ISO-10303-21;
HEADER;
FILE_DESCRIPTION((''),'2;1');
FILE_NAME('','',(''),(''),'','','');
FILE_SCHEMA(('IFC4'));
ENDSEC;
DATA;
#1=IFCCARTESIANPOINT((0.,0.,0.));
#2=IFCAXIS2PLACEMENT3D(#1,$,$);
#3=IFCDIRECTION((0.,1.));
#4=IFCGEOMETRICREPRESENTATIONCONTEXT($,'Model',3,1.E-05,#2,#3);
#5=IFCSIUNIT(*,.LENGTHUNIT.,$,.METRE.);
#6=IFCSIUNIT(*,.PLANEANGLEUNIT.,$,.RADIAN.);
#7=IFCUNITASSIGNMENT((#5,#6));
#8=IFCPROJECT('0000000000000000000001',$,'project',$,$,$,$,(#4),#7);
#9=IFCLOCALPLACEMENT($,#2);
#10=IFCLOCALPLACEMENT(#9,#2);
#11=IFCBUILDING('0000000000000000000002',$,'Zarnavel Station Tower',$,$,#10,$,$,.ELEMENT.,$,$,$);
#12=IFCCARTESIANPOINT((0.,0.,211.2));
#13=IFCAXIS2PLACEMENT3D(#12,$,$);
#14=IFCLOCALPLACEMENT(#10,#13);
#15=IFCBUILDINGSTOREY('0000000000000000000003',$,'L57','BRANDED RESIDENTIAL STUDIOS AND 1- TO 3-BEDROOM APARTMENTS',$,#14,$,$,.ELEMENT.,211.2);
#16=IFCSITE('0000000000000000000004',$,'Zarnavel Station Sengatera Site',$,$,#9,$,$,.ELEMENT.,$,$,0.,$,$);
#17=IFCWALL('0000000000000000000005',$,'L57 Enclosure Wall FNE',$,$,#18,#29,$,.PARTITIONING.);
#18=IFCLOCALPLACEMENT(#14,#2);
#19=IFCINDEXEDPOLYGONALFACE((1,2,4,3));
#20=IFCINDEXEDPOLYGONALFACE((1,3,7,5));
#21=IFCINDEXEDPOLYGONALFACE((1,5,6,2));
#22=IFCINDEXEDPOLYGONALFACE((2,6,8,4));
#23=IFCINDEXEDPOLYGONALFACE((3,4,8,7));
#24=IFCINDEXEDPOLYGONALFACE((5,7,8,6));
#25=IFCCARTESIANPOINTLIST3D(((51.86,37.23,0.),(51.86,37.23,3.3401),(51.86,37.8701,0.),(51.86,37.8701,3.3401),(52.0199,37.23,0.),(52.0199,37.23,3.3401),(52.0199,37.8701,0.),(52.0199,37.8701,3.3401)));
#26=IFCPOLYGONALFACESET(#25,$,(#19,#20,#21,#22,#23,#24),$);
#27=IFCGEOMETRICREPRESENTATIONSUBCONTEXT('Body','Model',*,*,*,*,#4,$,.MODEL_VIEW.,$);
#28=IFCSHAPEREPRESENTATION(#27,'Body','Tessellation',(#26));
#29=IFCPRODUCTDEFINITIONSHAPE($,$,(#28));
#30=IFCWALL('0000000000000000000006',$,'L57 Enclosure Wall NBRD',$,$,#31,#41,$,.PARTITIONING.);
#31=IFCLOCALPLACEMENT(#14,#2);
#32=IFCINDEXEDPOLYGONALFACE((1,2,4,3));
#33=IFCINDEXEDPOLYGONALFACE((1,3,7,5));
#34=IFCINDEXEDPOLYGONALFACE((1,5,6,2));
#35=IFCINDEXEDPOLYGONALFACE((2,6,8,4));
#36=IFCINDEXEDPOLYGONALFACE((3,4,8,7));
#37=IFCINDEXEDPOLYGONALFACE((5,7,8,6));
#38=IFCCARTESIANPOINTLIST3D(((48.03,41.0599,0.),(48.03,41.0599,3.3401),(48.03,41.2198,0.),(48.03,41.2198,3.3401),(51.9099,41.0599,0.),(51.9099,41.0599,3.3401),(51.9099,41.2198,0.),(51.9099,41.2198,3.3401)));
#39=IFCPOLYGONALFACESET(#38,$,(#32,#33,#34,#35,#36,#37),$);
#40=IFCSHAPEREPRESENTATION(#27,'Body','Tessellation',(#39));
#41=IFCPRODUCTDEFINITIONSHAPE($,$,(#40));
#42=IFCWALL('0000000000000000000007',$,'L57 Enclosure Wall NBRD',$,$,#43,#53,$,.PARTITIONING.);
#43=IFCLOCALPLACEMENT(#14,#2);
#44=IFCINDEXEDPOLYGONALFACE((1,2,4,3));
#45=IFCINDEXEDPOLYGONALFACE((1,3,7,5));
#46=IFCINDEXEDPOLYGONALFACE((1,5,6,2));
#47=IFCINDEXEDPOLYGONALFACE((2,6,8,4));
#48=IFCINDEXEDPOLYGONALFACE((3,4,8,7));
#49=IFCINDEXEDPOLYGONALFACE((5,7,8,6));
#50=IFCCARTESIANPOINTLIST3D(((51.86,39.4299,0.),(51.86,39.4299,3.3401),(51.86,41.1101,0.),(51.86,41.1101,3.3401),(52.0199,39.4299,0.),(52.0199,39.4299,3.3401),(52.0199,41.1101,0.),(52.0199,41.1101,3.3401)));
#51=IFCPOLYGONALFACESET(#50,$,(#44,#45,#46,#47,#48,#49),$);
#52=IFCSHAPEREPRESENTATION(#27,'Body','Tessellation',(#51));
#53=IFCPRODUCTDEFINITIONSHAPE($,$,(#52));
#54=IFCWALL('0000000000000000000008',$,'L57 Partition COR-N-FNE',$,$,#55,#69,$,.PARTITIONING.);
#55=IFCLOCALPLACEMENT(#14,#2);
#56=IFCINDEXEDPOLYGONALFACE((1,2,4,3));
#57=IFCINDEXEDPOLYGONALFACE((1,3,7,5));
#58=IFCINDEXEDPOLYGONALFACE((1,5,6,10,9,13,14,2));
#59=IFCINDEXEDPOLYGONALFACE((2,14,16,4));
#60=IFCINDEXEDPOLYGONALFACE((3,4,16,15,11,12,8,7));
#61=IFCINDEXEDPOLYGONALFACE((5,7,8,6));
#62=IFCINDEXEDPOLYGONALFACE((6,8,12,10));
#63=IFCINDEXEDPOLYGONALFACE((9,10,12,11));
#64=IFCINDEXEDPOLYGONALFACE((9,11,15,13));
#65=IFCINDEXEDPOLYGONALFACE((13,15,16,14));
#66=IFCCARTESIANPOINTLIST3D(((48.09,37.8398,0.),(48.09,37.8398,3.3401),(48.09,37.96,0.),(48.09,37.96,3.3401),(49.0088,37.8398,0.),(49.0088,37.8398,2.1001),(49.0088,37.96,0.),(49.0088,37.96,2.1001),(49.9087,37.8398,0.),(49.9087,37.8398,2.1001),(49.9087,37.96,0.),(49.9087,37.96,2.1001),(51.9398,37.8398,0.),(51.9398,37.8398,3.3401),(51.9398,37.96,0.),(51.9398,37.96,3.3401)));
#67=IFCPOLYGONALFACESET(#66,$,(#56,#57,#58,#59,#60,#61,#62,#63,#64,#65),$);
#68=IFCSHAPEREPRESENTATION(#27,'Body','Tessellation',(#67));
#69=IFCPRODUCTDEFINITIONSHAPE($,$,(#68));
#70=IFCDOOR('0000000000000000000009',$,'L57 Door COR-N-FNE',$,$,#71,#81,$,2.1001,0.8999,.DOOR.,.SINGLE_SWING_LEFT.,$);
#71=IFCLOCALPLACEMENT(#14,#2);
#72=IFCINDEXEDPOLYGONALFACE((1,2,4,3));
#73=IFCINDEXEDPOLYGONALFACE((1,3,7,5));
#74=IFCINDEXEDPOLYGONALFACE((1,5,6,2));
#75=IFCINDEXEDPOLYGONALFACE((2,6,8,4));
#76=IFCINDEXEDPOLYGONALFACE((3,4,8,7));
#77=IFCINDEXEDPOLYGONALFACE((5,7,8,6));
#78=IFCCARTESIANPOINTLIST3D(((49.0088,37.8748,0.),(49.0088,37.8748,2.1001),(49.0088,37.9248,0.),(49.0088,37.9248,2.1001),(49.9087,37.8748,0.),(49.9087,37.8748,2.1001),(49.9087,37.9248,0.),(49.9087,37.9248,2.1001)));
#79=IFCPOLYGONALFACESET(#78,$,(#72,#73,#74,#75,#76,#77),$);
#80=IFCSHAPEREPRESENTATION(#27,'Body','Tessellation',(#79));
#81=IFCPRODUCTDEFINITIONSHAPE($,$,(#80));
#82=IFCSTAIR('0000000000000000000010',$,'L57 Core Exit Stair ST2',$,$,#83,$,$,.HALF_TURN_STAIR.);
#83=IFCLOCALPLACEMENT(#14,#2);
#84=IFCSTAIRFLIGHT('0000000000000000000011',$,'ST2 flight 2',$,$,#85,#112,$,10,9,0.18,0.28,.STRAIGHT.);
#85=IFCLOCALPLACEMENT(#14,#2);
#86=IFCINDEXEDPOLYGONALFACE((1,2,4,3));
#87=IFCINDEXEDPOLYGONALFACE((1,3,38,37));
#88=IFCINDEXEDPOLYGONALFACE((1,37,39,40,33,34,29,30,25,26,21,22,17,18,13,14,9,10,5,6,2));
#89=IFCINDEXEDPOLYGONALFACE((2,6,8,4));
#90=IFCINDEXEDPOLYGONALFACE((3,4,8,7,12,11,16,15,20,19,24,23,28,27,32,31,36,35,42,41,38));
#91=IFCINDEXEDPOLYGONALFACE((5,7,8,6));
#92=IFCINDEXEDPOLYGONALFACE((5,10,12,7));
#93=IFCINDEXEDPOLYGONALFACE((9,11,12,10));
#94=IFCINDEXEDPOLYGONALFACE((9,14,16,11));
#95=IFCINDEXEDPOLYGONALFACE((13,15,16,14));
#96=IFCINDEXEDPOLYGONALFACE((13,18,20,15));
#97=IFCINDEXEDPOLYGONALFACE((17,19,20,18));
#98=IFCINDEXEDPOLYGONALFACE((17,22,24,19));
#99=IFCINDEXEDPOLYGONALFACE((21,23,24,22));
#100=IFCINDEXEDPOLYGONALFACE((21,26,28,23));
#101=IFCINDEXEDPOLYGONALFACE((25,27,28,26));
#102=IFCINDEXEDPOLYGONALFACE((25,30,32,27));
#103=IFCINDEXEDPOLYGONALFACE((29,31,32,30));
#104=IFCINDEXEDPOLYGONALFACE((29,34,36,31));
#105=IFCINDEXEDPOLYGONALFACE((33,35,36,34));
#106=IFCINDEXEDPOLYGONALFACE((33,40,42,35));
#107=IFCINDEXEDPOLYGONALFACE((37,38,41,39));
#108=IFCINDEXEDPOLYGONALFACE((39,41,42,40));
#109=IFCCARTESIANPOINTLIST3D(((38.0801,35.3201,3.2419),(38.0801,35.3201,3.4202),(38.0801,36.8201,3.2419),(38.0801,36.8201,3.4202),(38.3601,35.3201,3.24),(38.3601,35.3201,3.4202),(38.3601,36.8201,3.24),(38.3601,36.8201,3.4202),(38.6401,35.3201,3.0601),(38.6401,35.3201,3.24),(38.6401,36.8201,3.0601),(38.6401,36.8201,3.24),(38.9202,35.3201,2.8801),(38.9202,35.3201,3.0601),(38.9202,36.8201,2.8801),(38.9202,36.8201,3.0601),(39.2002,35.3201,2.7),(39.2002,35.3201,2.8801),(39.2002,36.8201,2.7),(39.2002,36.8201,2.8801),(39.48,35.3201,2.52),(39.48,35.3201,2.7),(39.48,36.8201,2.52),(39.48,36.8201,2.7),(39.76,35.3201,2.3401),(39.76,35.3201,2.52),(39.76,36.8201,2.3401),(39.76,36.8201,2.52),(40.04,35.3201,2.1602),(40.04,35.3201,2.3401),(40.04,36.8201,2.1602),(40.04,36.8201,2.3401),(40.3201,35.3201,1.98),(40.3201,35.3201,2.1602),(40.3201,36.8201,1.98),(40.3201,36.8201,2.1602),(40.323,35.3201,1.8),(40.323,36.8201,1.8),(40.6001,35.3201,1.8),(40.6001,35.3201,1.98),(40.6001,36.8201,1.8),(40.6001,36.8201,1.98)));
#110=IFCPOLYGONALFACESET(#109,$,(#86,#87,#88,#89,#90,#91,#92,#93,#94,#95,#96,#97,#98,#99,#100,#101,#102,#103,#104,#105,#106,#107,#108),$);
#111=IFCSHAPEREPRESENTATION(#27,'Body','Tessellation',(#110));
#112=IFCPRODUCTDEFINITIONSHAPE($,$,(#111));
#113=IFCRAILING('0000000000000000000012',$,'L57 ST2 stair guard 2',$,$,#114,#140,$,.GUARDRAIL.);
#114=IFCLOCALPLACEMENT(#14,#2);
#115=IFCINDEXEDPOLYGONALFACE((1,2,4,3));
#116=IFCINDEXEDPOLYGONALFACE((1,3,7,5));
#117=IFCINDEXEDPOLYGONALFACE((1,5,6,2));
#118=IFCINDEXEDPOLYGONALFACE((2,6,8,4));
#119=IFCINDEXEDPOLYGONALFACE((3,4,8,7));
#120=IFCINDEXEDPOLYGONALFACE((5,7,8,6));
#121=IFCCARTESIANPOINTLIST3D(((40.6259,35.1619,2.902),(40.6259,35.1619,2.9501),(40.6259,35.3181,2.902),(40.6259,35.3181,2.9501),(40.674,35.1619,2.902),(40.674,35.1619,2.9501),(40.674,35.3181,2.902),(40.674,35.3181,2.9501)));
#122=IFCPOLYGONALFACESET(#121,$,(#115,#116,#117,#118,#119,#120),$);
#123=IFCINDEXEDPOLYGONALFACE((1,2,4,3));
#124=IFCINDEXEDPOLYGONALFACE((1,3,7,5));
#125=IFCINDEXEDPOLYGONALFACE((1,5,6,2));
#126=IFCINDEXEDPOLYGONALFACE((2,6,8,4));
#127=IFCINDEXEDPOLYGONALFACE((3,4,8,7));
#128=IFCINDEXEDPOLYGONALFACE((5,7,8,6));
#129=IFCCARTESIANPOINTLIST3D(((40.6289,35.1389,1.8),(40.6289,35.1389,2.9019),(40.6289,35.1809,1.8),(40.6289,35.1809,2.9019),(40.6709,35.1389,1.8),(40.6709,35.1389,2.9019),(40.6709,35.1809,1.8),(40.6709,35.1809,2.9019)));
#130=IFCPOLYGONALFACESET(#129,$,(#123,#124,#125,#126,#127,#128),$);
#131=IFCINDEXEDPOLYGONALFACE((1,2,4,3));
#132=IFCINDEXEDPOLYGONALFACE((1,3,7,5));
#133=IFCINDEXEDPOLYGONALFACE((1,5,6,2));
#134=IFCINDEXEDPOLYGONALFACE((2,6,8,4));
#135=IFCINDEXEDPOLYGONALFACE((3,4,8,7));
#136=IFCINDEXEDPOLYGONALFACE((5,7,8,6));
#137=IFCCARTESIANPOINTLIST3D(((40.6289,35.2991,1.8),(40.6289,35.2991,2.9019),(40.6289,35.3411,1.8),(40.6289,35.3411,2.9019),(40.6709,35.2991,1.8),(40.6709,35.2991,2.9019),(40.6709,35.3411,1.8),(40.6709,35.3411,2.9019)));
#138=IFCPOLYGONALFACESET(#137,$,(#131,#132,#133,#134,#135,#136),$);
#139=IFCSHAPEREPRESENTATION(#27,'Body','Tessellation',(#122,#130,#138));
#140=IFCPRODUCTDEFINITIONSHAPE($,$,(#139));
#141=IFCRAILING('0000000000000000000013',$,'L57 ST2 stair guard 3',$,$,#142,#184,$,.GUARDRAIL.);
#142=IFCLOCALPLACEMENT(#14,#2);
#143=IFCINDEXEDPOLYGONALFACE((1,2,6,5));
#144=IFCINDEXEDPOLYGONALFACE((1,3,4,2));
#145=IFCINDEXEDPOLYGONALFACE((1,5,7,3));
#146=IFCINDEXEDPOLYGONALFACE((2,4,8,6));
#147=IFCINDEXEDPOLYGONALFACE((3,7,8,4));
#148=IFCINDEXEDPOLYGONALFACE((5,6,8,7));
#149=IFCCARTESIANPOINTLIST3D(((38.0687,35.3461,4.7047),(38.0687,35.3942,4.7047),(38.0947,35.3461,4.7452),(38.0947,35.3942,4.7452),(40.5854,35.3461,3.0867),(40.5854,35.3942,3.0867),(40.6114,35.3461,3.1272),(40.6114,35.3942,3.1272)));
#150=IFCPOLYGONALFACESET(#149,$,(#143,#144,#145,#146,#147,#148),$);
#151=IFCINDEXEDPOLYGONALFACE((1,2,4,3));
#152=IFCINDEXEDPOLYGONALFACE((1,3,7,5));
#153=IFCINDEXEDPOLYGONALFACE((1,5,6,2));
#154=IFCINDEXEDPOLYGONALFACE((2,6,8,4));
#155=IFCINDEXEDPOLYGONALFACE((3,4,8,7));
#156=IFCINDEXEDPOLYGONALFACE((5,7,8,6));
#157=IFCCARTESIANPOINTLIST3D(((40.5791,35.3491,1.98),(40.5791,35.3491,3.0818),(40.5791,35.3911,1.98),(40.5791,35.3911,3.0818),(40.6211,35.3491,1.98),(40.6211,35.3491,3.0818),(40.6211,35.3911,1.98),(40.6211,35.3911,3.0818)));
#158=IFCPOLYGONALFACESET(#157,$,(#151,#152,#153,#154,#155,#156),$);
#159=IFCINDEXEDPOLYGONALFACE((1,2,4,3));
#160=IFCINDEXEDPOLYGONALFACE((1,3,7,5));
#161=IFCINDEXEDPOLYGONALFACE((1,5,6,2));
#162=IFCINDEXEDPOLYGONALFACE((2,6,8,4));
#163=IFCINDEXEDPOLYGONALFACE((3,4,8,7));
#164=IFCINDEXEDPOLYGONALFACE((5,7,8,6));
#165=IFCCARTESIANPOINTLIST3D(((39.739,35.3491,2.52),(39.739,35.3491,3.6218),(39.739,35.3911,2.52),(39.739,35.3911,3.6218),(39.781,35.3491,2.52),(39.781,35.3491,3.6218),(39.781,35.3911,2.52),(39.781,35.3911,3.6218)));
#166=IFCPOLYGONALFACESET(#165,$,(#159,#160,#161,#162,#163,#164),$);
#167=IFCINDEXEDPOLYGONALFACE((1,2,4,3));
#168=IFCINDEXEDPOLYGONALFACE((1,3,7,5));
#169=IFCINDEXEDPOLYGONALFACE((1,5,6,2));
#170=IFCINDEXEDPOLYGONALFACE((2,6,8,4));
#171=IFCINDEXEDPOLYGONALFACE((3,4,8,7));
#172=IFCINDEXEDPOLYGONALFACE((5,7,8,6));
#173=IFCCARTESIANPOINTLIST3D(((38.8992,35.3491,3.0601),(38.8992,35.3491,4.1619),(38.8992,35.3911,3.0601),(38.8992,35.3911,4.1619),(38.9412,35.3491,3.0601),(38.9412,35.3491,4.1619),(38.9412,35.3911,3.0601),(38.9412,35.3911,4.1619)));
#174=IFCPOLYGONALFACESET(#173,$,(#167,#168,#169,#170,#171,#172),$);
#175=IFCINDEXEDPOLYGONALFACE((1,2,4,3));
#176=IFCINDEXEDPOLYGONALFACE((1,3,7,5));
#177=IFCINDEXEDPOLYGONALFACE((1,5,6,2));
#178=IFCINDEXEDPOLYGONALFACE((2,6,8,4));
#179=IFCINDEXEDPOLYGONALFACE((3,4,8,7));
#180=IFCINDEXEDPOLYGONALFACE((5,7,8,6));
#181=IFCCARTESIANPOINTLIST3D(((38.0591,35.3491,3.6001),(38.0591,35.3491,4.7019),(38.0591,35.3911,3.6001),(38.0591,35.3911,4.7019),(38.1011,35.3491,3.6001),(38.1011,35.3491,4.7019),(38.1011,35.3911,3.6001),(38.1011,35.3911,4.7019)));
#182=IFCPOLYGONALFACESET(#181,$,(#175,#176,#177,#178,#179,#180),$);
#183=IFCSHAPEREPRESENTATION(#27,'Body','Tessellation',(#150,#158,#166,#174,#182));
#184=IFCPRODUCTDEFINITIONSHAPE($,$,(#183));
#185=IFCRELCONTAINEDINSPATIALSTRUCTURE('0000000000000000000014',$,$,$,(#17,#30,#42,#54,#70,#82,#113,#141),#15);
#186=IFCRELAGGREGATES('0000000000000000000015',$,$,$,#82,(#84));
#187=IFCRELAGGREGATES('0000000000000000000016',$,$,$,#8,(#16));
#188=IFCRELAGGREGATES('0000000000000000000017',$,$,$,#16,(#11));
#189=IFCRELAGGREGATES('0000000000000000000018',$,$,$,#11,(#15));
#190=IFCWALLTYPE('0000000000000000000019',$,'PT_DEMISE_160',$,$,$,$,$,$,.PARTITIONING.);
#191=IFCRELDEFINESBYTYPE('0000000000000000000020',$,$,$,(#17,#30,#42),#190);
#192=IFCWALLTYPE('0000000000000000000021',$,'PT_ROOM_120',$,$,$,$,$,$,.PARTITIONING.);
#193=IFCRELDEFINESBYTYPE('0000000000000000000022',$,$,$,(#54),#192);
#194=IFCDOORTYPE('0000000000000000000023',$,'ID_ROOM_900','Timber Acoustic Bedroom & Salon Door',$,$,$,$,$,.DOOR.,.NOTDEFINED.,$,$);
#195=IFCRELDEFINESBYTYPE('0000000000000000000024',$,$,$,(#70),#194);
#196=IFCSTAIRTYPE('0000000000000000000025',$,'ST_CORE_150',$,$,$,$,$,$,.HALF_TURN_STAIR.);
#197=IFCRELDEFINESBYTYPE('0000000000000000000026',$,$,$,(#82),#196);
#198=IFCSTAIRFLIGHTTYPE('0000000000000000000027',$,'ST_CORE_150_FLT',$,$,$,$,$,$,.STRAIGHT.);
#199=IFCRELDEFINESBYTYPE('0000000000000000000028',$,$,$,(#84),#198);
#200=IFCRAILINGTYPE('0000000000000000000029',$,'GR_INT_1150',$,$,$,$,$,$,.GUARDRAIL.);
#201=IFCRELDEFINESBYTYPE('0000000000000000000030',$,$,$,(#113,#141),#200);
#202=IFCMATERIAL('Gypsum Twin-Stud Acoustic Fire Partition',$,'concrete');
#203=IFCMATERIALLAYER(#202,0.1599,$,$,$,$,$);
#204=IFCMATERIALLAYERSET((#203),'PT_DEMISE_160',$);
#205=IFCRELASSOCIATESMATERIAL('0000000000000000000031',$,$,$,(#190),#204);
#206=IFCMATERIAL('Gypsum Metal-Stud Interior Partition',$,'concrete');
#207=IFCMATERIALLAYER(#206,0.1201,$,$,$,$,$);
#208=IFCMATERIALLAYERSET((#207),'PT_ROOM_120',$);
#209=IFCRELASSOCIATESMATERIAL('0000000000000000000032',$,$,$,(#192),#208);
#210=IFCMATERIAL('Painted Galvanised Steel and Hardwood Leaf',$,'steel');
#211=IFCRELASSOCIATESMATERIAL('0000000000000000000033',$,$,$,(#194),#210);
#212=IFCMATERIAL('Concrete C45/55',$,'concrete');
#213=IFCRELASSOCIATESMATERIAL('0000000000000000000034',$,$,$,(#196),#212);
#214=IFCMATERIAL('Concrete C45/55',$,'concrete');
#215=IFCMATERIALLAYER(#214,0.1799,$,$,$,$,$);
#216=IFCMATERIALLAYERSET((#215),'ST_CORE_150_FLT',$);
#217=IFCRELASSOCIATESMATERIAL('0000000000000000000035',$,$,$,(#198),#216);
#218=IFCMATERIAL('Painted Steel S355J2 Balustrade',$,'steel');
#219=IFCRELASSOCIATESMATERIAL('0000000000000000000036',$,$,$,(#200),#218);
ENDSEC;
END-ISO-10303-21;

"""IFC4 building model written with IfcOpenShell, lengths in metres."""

from ifc_helpers import new_model, si_unit, direction, frame, frame_2d, origin, origin_2d, place, context, subcontext, project, spatial, polyline, rectangle, outline, extrude, material, layer, layer_set, type_object, element, fill, aggregate, save


model = new_model("IFC4")

# Units and contexts
model_context = context("Model", 3, precision=1e-05, world=origin(), true_north=direction((0.0, 1.0)))
body_context = subcontext(model_context, "Body", "Model", "MODEL_VIEW")
ifc_project = project(units=[si_unit("LENGTHUNIT", "METRE"), si_unit("PLANEANGLEUNIT", "RADIAN")], contexts=[model_context])

# Site, building, storey
site_placement = place(None, origin())
site = spatial("IfcSite", under=ifc_project, at=site_placement, Name="Zarnavel Station Sengatera Site", CompositionType="ELEMENT", RefElevation=0.0)
building_placement = place(site_placement, origin())
building = spatial("IfcBuilding", under=site, at=building_placement, Name="Zarnavel Station Tower", CompositionType="ELEMENT")
storey_placement = place(building_placement, frame((0.0, 0.0, 211.2)))
storey = spatial("IfcBuildingStorey", under=building, at=storey_placement, Name="L57", Description="BRANDED RESIDENTIAL STUDIOS AND 1- TO 3-BEDROOM APARTMENTS", CompositionType="ELEMENT", Elevation=211.2)

# Walls
ifc_material_1 = material(Name="Gypsum Twin-Stud Acoustic Fire Partition", Category="concrete")
ifc_layer_1 = layer(ifc_material_1, 0.1599)
ifc_layer_set_1 = layer_set([ifc_layer_1], Name="PT_DEMISE_160")
wall_type_1 = type_object("IfcWallType", Name="PT_DEMISE_160", PredefinedType="PARTITIONING", material=ifc_layer_set_1)
wall_1_placement = place(storey_placement, frame((51.9399, 37.23, 0.0), z_axis=(0.0, 0.0, 1.0), x_axis=(0.0, 1.0, 0.0)))
element("IfcWall", 1, at=wall_1_placement, inside=storey, type_object=wall_type_1, Name="L57 Enclosure Wall FNE", PredefinedType="PARTITIONING", context=body_context, shape_type="SweptSolid", body=[
    extrude(rectangle(XDim=0.6401, YDim=0.1599, at=frame_2d((0.3201, 0.0))), origin(), (0.0, 0.0, 1.0), 3.3401),
])
wall_2_placement = place(storey_placement, frame((48.03, 41.1399, 0.0), z_axis=(0.0, 0.0, 1.0), x_axis=(1.0, 0.0, 0.0)))
element("IfcWall", 2, at=wall_2_placement, inside=storey, type_object=wall_type_1, Name="L57 Enclosure Wall NBRD", PredefinedType="PARTITIONING", context=body_context, shape_type="SweptSolid", body=[
    extrude(rectangle(XDim=3.8799, YDim=0.1599, at=frame_2d((1.9399, 0.0))), origin(), (0.0, 0.0, 1.0), 3.3401),
])
wall_3_placement = place(storey_placement, frame((51.9399, 39.4299, 0.0), z_axis=(0.0, 0.0, 1.0), x_axis=(0.0, 1.0, 0.0)))
element("IfcWall", 3, at=wall_3_placement, inside=storey, type_object=wall_type_1, Name="L57 Enclosure Wall NBRD", PredefinedType="PARTITIONING", context=body_context, shape_type="SweptSolid", body=[
    extrude(rectangle(XDim=1.6802, YDim=0.1599, at=frame_2d((0.8401, 0.0))), origin(), (0.0, 0.0, 1.0), 3.3401),
])

# Wall, opening, door
ifc_material_2 = material(Name="Gypsum Metal-Stud Interior Partition", Category="concrete")
ifc_layer_2 = layer(ifc_material_2, 0.1201)
ifc_layer_set_2 = layer_set([ifc_layer_2], Name="PT_ROOM_120")
wall_type_2 = type_object("IfcWallType", Name="PT_ROOM_120", PredefinedType="PARTITIONING", material=ifc_layer_set_2)
wall_4_placement = place(storey_placement, frame((48.0901, 37.8999, 0.0), z_axis=(0.0, 0.0, 1.0), x_axis=(1.0, 0.0, 0.0)))
wall_4 = element("IfcWall", 4, at=wall_4_placement, inside=storey, type_object=wall_type_2, Name="L57 Partition COR-N-FNE", PredefinedType="PARTITIONING", context=body_context, shape_type="SweptSolid", body=[
    extrude(rectangle(XDim=3.8499, YDim=0.1201, at=frame_2d((1.9248, 0.0))), origin(), (0.0, 0.0, 1.0), 3.3401),
])
opening_1_placement = place(wall_4_placement, frame((0.9187, 0.0, 0.0)))
opening_1 = element("IfcOpeningElement", 5, at=opening_1_placement, cuts=wall_4, PredefinedType="OPENING", context=body_context, shape_type="SweptSolid", body=[
    extrude(rectangle(XDim=0.8999, YDim=2.1001, at=frame_2d((0.45, 1.05))), frame((0.0, 0.0701, 0.0), z_axis=(0.0, -1.0, 0.0), x_axis=(1.0, 0.0, 0.0)), (0.0, 0.0, 1.0), 0.1401),
])
ifc_material_3 = material(Name="Painted Galvanised Steel and Hardwood Leaf", Category="steel")
door_type_1 = type_object("IfcDoorType", Name="ID_ROOM_900", Description="Timber Acoustic Bedroom & Salon Door", OperationType="NOTDEFINED", PredefinedType="DOOR", material=ifc_material_3)
door_1_placement = place(opening_1_placement, origin())
door_1 = element("IfcDoor", 6, at=door_1_placement, inside=storey, type_object=door_type_1, Name="L57 Door COR-N-FNE", OperationType="SINGLE_SWING_LEFT", OverallHeight=2.1001, OverallWidth=0.8999, PredefinedType="DOOR", context=body_context, shape_type="SweptSolid", body=[
    extrude(rectangle(XDim=0.8999, YDim=2.1001, at=frame_2d((0.45, 1.05))), frame((0.0, 0.0249, 0.0), z_axis=(0.0, -1.0, 0.0), x_axis=(1.0, 0.0, 0.0)), (0.0, 0.0, 1.0), 0.05),
])
fill(opening_1, door_1)

# Stair, stair flight
ifc_material_4 = material(Name="Concrete C45/55", Category="concrete")
stair_type = type_object("IfcStairType", Name="ST_CORE_150", PredefinedType="HALF_TURN_STAIR", material=ifc_material_4)
stair_placement = place(storey_placement, origin())
stair = element("IfcStair", 7, at=stair_placement, inside=storey, type_object=stair_type, Name="L57 Core Exit Stair ST2", PredefinedType="HALF_TURN_STAIR")
ifc_material_5 = material(Name="Concrete C45/55", Category="concrete")
ifc_layer_3 = layer(ifc_material_5, 0.1799)
ifc_layer_set_3 = layer_set([ifc_layer_3], Name="ST_CORE_150_FLT")
stair_flight_type = type_object("IfcStairFlightType", Name="ST_CORE_150_FLT", PredefinedType="STRAIGHT", material=ifc_layer_set_3)
stair_flight_placement = place(storey_placement, frame((40.6001, 36.0701, 1.8), z_axis=(0.0, 0.0, 1.0), x_axis=(-1.0, 0.0, 0.0)))
stair_flight = element("IfcStairFlight", 8, at=stair_flight_placement, type_object=stair_flight_type, Name="ST2 flight 2", NumberOfRisers=10, NumberOfTreads=9, PredefinedType="STRAIGHT", RiserHeight=0.18, TreadLength=0.28, context=body_context, shape_type="SweptSolid", body=[
    extrude(outline(polyline([(0.0, 0.0), (0.0, 0.1799), (0.28, 0.1799), (0.28, 0.3601), (0.5601, 0.3601), (0.5601, 0.54), (0.8401, 0.54), (0.8401, 0.72), (1.1201, 0.72), (1.1201, 0.8999), (1.3999, 0.8999), (1.3999, 1.0801), (1.6799, 1.0801), (1.6799, 1.26), (1.96, 1.26), (1.96, 1.4399), (2.24, 1.4399), (2.24, 1.6201), (2.52, 1.6201), (2.52, 1.8), (2.52, 1.4419), (0.2771, 0.0), (0.0, 0.0)])), frame((0.0, 0.75, 0.0), z_axis=(0.0, -1.0, 0.0), x_axis=(1.0, 0.0, 0.0)), (0.0, 0.0, 1.0), 1.5),
])
aggregate(stair, [stair_flight])

# Railings
ifc_material_6 = material(Name="Painted Steel S355J2 Balustrade", Category="steel")
railing_type_1 = type_object("IfcRailingType", Name="GR_INT_1150", PredefinedType="GUARDRAIL", material=ifc_material_6)
railing_1_placement = place(storey_placement, frame((40.6499, 35.1599, 1.8)))
element("IfcRailing", 9, at=railing_1_placement, inside=storey, type_object=railing_type_1, Name="L57 ST2 stair guard 2", PredefinedType="GUARDRAIL", context=body_context, shape_type="SweptSolid", body=[
    extrude(rectangle(XDim=0.0481, YDim=0.0481, at=origin_2d()), frame((0.0, 0.002, 1.126), z_axis=(0.0, 1.0, 0.0), x_axis=(-1.0, 0.0, 0.0)), (0.0, 0.0, 1.0), 0.1562),
    extrude(rectangle(XDim=0.042, YDim=0.042, at=origin_2d()), origin(), (0.0, 0.0, 1.0), 1.1018),
    extrude(rectangle(XDim=0.042, YDim=0.042, at=origin_2d()), frame((0.0, 0.1602, 0.0)), (0.0, 0.0, 1.0), 1.1018),
])
railing_2_placement = place(storey_placement, frame((40.6001, 35.3701, 1.98)))
element("IfcRailing", 10, at=railing_2_placement, inside=storey, type_object=railing_type_1, Name="L57 ST2 stair guard 3", PredefinedType="GUARDRAIL", context=body_context, shape_type="SweptSolid", body=[
    extrude(rectangle(XDim=0.0481, YDim=0.0481, at=origin_2d()), frame((-0.0017, 0.0, 1.127), z_axis=(-0.841163, 0.0, 0.540782), x_axis=(0.0, -1.0, 0.0)), (0.0, 0.0, 1.0), 2.9919),
    extrude(rectangle(XDim=0.042, YDim=0.042, at=origin_2d()), origin(), (0.0, 0.0, 1.0), 1.1018),
    extrude(rectangle(XDim=0.042, YDim=0.042, at=origin_2d()), frame((-0.8401, 0.0, 0.54)), (0.0, 0.0, 1.0), 1.1018),
    extrude(rectangle(XDim=0.042, YDim=0.042, at=origin_2d()), frame((-1.6799, 0.0, 1.0801)), (0.0, 0.0, 1.0), 1.1018),
    extrude(rectangle(XDim=0.042, YDim=0.042, at=origin_2d()), frame((-2.52, 0.0, 1.6201)), (0.0, 0.0, 1.0), 1.1018),
])

save(model, "model.ifc")
